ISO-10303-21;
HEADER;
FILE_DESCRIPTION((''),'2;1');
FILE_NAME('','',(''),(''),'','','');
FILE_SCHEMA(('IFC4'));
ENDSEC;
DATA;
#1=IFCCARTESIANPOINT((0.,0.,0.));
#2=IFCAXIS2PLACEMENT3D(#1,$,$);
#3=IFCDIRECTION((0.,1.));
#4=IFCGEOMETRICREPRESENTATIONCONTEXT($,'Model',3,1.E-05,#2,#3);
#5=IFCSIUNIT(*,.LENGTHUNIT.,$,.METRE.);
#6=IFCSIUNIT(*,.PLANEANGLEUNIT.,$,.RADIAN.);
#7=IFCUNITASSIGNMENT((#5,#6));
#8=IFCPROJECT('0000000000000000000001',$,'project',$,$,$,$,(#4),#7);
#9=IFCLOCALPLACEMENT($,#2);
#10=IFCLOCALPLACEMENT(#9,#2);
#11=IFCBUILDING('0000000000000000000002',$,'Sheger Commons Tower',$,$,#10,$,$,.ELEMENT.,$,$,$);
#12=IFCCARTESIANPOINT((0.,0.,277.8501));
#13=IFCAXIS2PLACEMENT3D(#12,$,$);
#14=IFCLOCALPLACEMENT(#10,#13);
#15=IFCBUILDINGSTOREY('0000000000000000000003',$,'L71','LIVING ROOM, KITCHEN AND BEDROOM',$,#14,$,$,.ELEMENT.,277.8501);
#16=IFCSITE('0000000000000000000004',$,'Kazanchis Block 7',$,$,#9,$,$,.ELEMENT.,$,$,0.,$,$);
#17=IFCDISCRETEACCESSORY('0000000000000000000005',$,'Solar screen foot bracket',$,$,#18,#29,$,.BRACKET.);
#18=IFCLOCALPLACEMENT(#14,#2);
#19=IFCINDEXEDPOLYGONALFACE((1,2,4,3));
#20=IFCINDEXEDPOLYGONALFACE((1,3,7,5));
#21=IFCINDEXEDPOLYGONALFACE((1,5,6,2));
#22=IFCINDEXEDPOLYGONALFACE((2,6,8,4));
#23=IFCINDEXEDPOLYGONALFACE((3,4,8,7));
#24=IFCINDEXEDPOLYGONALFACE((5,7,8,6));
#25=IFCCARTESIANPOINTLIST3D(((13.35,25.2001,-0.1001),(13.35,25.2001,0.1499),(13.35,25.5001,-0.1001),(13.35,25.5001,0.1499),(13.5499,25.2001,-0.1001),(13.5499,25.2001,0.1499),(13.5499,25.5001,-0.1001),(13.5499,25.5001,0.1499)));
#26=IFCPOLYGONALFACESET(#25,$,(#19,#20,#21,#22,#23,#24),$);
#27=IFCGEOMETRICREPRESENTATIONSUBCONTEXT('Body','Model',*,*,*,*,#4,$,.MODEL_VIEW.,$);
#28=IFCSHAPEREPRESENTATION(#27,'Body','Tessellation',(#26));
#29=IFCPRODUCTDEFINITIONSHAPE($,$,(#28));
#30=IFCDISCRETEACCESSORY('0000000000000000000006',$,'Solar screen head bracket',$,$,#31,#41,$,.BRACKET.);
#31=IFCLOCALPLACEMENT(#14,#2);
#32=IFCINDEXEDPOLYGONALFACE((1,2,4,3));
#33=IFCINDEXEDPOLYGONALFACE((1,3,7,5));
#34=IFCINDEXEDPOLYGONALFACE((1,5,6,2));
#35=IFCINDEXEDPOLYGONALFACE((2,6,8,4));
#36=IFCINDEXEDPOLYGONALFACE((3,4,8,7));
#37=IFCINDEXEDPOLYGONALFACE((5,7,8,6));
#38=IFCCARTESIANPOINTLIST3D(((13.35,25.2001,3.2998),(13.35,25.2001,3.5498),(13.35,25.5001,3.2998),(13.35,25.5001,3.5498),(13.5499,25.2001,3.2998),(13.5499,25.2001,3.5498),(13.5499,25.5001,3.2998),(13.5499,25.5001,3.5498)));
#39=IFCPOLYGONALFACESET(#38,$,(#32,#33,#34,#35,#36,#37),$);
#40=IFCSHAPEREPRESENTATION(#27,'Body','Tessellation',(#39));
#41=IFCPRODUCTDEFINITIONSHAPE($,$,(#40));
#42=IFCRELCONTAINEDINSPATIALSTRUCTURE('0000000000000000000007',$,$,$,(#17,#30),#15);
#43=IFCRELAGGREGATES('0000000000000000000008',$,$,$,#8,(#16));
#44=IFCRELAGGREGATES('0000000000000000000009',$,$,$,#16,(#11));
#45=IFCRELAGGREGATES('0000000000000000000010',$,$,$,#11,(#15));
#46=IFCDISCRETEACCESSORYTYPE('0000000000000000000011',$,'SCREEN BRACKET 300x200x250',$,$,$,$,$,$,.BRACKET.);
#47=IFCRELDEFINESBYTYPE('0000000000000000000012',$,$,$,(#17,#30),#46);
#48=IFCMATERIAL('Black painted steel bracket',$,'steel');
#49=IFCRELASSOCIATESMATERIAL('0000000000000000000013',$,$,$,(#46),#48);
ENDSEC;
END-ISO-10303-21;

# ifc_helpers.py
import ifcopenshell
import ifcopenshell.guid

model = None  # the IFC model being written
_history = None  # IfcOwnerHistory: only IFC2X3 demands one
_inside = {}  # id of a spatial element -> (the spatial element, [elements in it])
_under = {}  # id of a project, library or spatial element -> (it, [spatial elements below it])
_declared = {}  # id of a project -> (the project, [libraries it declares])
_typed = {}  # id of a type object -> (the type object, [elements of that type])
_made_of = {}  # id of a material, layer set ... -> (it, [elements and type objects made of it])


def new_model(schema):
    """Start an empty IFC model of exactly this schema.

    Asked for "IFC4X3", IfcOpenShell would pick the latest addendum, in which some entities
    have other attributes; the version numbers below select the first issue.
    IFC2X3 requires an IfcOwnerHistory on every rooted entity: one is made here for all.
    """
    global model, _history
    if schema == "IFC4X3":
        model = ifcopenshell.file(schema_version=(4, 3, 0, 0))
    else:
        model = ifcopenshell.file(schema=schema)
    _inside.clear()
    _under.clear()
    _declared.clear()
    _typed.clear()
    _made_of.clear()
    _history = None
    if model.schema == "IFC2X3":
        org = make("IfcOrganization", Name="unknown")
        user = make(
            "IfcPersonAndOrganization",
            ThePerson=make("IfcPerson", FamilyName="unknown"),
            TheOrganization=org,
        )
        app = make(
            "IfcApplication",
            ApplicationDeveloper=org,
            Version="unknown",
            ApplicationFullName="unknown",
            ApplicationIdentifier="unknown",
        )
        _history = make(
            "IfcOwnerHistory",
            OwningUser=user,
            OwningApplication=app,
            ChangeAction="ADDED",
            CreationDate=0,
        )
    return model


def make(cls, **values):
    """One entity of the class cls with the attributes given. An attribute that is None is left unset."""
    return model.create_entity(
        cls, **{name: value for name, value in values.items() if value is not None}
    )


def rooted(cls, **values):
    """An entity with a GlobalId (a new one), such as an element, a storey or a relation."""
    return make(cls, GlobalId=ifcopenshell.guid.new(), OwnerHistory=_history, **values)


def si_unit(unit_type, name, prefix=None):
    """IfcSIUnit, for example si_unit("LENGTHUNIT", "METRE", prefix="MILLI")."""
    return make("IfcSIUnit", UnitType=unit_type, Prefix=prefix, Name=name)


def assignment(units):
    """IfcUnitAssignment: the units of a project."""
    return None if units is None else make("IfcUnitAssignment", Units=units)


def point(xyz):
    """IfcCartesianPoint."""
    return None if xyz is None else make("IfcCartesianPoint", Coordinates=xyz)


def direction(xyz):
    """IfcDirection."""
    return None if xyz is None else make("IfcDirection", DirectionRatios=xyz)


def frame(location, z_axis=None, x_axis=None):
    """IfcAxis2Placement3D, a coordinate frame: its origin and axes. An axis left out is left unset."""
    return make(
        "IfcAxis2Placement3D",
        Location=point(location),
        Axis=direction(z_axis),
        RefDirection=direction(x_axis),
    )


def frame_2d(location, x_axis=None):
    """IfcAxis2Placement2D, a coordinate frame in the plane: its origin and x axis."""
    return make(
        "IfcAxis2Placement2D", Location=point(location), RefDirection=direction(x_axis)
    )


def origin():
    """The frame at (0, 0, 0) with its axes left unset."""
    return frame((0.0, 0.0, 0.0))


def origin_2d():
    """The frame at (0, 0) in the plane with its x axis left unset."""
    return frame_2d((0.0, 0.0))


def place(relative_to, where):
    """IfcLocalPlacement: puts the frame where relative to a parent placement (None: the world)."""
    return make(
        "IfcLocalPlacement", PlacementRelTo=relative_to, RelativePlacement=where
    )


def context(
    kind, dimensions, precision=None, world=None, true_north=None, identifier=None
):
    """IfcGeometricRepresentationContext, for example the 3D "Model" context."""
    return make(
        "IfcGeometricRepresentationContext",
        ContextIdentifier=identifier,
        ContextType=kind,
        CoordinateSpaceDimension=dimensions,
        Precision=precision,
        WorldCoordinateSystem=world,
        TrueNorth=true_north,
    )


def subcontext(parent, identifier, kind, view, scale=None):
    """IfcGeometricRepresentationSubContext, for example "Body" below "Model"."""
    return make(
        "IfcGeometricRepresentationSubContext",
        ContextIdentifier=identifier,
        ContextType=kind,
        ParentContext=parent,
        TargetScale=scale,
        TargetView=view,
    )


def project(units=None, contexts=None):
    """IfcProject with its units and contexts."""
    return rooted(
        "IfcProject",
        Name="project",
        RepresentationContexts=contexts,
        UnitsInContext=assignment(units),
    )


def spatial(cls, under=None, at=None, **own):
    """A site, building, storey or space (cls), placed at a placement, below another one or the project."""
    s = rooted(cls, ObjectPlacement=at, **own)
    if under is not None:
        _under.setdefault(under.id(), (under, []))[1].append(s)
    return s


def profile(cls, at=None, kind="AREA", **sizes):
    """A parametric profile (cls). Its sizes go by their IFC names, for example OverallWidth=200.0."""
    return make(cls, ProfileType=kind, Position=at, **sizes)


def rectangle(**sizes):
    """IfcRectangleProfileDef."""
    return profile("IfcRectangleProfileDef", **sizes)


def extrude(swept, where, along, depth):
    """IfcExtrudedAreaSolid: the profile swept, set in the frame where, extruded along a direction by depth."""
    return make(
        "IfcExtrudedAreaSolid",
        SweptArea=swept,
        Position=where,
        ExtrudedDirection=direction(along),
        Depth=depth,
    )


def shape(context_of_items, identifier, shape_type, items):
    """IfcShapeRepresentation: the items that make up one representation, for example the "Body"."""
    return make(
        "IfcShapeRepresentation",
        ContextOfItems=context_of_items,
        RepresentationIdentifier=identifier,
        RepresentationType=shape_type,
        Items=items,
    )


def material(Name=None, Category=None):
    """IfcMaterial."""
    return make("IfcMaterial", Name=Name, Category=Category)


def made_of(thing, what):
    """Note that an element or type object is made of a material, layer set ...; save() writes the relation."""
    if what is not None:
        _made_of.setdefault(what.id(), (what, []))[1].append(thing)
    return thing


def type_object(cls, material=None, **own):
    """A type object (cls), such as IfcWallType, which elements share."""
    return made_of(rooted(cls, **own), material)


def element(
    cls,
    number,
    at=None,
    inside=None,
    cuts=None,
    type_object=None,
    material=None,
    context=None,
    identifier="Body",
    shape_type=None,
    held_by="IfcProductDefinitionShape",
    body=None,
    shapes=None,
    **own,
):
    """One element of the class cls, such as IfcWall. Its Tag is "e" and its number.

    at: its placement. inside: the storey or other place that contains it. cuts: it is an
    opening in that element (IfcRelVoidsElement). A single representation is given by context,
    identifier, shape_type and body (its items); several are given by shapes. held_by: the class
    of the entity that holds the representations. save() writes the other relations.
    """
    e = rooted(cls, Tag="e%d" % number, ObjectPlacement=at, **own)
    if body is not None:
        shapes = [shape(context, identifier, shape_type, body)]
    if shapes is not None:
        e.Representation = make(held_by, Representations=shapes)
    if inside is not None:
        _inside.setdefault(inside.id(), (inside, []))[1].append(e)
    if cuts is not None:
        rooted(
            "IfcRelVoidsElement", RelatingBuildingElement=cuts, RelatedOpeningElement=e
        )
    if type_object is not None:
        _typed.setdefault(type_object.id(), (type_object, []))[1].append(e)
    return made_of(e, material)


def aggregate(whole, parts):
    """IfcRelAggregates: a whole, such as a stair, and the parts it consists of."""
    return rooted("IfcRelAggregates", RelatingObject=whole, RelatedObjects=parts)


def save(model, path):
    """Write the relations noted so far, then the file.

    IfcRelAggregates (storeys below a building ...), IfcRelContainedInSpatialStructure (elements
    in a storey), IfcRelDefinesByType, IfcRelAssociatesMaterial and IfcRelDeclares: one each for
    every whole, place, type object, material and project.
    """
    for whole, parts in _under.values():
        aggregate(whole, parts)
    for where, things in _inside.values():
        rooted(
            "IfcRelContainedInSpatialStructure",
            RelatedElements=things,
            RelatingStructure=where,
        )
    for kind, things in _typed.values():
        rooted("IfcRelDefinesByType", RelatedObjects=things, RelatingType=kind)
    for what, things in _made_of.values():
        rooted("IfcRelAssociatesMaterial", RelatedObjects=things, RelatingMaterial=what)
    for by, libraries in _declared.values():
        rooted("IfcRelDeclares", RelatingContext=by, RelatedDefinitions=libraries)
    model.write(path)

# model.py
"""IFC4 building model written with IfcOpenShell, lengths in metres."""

from ifc_helpers import new_model, si_unit, direction, frame, origin, origin_2d, place, context, subcontext, project, spatial, rectangle, extrude, material, type_object, element, save


model = new_model("IFC4")

# Units and contexts
model_context = context("Model", 3, precision=1e-05, world=origin(), true_north=direction((0.0, 1.0)))
body_context = subcontext(model_context, "Body", "Model", "MODEL_VIEW")
ifc_project = project(units=[si_unit("LENGTHUNIT", "METRE"), si_unit("PLANEANGLEUNIT", "RADIAN")], contexts=[model_context])

# Site, building, storey
site_placement = place(None, origin())
site = spatial("IfcSite", under=ifc_project, at=site_placement, Name="Kazanchis Block 7", CompositionType="ELEMENT", RefElevation=0.0)
building_placement = place(site_placement, origin())
building = spatial("IfcBuilding", under=site, at=building_placement, Name="Sheger Commons Tower", CompositionType="ELEMENT")
storey_placement = place(building_placement, frame((0.0, 0.0, 277.8501)))
storey = spatial("IfcBuildingStorey", under=building, at=storey_placement, Name="L71", Description="LIVING ROOM, KITCHEN AND BEDROOM", CompositionType="ELEMENT", Elevation=277.8501)

# Discrete accessories
ifc_material_1 = material(Name="Black painted steel bracket", Category="steel")
discrete_accessory_type = type_object("IfcDiscreteAccessoryType", Name="SCREEN BRACKET 300x200x250", PredefinedType="BRACKET", material=ifc_material_1)
for number, where, z_axis, x_axis, name in (
    (1, (13.45, 25.3501, -0.1001), (0.0, 0.0, 1.0), (0.0, -1.0, 0.0), "Solar screen foot bracket"),
    (2, (13.45, 25.3501, 3.2998), (0.0, 0.0, 1.0), (0.0, -1.0, 0.0), "Solar screen head bracket"),
):
    element("IfcDiscreteAccessory", number, at=place(storey_placement, frame(where, z_axis=z_axis, x_axis=x_axis)), inside=storey, type_object=discrete_accessory_type, Name=name, PredefinedType="BRACKET", context=body_context, shape_type="SweptSolid", body=[
        extrude(rectangle(XDim=0.3, YDim=0.2, at=origin_2d()), origin(), (0.0, 0.0, 1.0), 0.25),
    ])

save(model, "model.ifc")
